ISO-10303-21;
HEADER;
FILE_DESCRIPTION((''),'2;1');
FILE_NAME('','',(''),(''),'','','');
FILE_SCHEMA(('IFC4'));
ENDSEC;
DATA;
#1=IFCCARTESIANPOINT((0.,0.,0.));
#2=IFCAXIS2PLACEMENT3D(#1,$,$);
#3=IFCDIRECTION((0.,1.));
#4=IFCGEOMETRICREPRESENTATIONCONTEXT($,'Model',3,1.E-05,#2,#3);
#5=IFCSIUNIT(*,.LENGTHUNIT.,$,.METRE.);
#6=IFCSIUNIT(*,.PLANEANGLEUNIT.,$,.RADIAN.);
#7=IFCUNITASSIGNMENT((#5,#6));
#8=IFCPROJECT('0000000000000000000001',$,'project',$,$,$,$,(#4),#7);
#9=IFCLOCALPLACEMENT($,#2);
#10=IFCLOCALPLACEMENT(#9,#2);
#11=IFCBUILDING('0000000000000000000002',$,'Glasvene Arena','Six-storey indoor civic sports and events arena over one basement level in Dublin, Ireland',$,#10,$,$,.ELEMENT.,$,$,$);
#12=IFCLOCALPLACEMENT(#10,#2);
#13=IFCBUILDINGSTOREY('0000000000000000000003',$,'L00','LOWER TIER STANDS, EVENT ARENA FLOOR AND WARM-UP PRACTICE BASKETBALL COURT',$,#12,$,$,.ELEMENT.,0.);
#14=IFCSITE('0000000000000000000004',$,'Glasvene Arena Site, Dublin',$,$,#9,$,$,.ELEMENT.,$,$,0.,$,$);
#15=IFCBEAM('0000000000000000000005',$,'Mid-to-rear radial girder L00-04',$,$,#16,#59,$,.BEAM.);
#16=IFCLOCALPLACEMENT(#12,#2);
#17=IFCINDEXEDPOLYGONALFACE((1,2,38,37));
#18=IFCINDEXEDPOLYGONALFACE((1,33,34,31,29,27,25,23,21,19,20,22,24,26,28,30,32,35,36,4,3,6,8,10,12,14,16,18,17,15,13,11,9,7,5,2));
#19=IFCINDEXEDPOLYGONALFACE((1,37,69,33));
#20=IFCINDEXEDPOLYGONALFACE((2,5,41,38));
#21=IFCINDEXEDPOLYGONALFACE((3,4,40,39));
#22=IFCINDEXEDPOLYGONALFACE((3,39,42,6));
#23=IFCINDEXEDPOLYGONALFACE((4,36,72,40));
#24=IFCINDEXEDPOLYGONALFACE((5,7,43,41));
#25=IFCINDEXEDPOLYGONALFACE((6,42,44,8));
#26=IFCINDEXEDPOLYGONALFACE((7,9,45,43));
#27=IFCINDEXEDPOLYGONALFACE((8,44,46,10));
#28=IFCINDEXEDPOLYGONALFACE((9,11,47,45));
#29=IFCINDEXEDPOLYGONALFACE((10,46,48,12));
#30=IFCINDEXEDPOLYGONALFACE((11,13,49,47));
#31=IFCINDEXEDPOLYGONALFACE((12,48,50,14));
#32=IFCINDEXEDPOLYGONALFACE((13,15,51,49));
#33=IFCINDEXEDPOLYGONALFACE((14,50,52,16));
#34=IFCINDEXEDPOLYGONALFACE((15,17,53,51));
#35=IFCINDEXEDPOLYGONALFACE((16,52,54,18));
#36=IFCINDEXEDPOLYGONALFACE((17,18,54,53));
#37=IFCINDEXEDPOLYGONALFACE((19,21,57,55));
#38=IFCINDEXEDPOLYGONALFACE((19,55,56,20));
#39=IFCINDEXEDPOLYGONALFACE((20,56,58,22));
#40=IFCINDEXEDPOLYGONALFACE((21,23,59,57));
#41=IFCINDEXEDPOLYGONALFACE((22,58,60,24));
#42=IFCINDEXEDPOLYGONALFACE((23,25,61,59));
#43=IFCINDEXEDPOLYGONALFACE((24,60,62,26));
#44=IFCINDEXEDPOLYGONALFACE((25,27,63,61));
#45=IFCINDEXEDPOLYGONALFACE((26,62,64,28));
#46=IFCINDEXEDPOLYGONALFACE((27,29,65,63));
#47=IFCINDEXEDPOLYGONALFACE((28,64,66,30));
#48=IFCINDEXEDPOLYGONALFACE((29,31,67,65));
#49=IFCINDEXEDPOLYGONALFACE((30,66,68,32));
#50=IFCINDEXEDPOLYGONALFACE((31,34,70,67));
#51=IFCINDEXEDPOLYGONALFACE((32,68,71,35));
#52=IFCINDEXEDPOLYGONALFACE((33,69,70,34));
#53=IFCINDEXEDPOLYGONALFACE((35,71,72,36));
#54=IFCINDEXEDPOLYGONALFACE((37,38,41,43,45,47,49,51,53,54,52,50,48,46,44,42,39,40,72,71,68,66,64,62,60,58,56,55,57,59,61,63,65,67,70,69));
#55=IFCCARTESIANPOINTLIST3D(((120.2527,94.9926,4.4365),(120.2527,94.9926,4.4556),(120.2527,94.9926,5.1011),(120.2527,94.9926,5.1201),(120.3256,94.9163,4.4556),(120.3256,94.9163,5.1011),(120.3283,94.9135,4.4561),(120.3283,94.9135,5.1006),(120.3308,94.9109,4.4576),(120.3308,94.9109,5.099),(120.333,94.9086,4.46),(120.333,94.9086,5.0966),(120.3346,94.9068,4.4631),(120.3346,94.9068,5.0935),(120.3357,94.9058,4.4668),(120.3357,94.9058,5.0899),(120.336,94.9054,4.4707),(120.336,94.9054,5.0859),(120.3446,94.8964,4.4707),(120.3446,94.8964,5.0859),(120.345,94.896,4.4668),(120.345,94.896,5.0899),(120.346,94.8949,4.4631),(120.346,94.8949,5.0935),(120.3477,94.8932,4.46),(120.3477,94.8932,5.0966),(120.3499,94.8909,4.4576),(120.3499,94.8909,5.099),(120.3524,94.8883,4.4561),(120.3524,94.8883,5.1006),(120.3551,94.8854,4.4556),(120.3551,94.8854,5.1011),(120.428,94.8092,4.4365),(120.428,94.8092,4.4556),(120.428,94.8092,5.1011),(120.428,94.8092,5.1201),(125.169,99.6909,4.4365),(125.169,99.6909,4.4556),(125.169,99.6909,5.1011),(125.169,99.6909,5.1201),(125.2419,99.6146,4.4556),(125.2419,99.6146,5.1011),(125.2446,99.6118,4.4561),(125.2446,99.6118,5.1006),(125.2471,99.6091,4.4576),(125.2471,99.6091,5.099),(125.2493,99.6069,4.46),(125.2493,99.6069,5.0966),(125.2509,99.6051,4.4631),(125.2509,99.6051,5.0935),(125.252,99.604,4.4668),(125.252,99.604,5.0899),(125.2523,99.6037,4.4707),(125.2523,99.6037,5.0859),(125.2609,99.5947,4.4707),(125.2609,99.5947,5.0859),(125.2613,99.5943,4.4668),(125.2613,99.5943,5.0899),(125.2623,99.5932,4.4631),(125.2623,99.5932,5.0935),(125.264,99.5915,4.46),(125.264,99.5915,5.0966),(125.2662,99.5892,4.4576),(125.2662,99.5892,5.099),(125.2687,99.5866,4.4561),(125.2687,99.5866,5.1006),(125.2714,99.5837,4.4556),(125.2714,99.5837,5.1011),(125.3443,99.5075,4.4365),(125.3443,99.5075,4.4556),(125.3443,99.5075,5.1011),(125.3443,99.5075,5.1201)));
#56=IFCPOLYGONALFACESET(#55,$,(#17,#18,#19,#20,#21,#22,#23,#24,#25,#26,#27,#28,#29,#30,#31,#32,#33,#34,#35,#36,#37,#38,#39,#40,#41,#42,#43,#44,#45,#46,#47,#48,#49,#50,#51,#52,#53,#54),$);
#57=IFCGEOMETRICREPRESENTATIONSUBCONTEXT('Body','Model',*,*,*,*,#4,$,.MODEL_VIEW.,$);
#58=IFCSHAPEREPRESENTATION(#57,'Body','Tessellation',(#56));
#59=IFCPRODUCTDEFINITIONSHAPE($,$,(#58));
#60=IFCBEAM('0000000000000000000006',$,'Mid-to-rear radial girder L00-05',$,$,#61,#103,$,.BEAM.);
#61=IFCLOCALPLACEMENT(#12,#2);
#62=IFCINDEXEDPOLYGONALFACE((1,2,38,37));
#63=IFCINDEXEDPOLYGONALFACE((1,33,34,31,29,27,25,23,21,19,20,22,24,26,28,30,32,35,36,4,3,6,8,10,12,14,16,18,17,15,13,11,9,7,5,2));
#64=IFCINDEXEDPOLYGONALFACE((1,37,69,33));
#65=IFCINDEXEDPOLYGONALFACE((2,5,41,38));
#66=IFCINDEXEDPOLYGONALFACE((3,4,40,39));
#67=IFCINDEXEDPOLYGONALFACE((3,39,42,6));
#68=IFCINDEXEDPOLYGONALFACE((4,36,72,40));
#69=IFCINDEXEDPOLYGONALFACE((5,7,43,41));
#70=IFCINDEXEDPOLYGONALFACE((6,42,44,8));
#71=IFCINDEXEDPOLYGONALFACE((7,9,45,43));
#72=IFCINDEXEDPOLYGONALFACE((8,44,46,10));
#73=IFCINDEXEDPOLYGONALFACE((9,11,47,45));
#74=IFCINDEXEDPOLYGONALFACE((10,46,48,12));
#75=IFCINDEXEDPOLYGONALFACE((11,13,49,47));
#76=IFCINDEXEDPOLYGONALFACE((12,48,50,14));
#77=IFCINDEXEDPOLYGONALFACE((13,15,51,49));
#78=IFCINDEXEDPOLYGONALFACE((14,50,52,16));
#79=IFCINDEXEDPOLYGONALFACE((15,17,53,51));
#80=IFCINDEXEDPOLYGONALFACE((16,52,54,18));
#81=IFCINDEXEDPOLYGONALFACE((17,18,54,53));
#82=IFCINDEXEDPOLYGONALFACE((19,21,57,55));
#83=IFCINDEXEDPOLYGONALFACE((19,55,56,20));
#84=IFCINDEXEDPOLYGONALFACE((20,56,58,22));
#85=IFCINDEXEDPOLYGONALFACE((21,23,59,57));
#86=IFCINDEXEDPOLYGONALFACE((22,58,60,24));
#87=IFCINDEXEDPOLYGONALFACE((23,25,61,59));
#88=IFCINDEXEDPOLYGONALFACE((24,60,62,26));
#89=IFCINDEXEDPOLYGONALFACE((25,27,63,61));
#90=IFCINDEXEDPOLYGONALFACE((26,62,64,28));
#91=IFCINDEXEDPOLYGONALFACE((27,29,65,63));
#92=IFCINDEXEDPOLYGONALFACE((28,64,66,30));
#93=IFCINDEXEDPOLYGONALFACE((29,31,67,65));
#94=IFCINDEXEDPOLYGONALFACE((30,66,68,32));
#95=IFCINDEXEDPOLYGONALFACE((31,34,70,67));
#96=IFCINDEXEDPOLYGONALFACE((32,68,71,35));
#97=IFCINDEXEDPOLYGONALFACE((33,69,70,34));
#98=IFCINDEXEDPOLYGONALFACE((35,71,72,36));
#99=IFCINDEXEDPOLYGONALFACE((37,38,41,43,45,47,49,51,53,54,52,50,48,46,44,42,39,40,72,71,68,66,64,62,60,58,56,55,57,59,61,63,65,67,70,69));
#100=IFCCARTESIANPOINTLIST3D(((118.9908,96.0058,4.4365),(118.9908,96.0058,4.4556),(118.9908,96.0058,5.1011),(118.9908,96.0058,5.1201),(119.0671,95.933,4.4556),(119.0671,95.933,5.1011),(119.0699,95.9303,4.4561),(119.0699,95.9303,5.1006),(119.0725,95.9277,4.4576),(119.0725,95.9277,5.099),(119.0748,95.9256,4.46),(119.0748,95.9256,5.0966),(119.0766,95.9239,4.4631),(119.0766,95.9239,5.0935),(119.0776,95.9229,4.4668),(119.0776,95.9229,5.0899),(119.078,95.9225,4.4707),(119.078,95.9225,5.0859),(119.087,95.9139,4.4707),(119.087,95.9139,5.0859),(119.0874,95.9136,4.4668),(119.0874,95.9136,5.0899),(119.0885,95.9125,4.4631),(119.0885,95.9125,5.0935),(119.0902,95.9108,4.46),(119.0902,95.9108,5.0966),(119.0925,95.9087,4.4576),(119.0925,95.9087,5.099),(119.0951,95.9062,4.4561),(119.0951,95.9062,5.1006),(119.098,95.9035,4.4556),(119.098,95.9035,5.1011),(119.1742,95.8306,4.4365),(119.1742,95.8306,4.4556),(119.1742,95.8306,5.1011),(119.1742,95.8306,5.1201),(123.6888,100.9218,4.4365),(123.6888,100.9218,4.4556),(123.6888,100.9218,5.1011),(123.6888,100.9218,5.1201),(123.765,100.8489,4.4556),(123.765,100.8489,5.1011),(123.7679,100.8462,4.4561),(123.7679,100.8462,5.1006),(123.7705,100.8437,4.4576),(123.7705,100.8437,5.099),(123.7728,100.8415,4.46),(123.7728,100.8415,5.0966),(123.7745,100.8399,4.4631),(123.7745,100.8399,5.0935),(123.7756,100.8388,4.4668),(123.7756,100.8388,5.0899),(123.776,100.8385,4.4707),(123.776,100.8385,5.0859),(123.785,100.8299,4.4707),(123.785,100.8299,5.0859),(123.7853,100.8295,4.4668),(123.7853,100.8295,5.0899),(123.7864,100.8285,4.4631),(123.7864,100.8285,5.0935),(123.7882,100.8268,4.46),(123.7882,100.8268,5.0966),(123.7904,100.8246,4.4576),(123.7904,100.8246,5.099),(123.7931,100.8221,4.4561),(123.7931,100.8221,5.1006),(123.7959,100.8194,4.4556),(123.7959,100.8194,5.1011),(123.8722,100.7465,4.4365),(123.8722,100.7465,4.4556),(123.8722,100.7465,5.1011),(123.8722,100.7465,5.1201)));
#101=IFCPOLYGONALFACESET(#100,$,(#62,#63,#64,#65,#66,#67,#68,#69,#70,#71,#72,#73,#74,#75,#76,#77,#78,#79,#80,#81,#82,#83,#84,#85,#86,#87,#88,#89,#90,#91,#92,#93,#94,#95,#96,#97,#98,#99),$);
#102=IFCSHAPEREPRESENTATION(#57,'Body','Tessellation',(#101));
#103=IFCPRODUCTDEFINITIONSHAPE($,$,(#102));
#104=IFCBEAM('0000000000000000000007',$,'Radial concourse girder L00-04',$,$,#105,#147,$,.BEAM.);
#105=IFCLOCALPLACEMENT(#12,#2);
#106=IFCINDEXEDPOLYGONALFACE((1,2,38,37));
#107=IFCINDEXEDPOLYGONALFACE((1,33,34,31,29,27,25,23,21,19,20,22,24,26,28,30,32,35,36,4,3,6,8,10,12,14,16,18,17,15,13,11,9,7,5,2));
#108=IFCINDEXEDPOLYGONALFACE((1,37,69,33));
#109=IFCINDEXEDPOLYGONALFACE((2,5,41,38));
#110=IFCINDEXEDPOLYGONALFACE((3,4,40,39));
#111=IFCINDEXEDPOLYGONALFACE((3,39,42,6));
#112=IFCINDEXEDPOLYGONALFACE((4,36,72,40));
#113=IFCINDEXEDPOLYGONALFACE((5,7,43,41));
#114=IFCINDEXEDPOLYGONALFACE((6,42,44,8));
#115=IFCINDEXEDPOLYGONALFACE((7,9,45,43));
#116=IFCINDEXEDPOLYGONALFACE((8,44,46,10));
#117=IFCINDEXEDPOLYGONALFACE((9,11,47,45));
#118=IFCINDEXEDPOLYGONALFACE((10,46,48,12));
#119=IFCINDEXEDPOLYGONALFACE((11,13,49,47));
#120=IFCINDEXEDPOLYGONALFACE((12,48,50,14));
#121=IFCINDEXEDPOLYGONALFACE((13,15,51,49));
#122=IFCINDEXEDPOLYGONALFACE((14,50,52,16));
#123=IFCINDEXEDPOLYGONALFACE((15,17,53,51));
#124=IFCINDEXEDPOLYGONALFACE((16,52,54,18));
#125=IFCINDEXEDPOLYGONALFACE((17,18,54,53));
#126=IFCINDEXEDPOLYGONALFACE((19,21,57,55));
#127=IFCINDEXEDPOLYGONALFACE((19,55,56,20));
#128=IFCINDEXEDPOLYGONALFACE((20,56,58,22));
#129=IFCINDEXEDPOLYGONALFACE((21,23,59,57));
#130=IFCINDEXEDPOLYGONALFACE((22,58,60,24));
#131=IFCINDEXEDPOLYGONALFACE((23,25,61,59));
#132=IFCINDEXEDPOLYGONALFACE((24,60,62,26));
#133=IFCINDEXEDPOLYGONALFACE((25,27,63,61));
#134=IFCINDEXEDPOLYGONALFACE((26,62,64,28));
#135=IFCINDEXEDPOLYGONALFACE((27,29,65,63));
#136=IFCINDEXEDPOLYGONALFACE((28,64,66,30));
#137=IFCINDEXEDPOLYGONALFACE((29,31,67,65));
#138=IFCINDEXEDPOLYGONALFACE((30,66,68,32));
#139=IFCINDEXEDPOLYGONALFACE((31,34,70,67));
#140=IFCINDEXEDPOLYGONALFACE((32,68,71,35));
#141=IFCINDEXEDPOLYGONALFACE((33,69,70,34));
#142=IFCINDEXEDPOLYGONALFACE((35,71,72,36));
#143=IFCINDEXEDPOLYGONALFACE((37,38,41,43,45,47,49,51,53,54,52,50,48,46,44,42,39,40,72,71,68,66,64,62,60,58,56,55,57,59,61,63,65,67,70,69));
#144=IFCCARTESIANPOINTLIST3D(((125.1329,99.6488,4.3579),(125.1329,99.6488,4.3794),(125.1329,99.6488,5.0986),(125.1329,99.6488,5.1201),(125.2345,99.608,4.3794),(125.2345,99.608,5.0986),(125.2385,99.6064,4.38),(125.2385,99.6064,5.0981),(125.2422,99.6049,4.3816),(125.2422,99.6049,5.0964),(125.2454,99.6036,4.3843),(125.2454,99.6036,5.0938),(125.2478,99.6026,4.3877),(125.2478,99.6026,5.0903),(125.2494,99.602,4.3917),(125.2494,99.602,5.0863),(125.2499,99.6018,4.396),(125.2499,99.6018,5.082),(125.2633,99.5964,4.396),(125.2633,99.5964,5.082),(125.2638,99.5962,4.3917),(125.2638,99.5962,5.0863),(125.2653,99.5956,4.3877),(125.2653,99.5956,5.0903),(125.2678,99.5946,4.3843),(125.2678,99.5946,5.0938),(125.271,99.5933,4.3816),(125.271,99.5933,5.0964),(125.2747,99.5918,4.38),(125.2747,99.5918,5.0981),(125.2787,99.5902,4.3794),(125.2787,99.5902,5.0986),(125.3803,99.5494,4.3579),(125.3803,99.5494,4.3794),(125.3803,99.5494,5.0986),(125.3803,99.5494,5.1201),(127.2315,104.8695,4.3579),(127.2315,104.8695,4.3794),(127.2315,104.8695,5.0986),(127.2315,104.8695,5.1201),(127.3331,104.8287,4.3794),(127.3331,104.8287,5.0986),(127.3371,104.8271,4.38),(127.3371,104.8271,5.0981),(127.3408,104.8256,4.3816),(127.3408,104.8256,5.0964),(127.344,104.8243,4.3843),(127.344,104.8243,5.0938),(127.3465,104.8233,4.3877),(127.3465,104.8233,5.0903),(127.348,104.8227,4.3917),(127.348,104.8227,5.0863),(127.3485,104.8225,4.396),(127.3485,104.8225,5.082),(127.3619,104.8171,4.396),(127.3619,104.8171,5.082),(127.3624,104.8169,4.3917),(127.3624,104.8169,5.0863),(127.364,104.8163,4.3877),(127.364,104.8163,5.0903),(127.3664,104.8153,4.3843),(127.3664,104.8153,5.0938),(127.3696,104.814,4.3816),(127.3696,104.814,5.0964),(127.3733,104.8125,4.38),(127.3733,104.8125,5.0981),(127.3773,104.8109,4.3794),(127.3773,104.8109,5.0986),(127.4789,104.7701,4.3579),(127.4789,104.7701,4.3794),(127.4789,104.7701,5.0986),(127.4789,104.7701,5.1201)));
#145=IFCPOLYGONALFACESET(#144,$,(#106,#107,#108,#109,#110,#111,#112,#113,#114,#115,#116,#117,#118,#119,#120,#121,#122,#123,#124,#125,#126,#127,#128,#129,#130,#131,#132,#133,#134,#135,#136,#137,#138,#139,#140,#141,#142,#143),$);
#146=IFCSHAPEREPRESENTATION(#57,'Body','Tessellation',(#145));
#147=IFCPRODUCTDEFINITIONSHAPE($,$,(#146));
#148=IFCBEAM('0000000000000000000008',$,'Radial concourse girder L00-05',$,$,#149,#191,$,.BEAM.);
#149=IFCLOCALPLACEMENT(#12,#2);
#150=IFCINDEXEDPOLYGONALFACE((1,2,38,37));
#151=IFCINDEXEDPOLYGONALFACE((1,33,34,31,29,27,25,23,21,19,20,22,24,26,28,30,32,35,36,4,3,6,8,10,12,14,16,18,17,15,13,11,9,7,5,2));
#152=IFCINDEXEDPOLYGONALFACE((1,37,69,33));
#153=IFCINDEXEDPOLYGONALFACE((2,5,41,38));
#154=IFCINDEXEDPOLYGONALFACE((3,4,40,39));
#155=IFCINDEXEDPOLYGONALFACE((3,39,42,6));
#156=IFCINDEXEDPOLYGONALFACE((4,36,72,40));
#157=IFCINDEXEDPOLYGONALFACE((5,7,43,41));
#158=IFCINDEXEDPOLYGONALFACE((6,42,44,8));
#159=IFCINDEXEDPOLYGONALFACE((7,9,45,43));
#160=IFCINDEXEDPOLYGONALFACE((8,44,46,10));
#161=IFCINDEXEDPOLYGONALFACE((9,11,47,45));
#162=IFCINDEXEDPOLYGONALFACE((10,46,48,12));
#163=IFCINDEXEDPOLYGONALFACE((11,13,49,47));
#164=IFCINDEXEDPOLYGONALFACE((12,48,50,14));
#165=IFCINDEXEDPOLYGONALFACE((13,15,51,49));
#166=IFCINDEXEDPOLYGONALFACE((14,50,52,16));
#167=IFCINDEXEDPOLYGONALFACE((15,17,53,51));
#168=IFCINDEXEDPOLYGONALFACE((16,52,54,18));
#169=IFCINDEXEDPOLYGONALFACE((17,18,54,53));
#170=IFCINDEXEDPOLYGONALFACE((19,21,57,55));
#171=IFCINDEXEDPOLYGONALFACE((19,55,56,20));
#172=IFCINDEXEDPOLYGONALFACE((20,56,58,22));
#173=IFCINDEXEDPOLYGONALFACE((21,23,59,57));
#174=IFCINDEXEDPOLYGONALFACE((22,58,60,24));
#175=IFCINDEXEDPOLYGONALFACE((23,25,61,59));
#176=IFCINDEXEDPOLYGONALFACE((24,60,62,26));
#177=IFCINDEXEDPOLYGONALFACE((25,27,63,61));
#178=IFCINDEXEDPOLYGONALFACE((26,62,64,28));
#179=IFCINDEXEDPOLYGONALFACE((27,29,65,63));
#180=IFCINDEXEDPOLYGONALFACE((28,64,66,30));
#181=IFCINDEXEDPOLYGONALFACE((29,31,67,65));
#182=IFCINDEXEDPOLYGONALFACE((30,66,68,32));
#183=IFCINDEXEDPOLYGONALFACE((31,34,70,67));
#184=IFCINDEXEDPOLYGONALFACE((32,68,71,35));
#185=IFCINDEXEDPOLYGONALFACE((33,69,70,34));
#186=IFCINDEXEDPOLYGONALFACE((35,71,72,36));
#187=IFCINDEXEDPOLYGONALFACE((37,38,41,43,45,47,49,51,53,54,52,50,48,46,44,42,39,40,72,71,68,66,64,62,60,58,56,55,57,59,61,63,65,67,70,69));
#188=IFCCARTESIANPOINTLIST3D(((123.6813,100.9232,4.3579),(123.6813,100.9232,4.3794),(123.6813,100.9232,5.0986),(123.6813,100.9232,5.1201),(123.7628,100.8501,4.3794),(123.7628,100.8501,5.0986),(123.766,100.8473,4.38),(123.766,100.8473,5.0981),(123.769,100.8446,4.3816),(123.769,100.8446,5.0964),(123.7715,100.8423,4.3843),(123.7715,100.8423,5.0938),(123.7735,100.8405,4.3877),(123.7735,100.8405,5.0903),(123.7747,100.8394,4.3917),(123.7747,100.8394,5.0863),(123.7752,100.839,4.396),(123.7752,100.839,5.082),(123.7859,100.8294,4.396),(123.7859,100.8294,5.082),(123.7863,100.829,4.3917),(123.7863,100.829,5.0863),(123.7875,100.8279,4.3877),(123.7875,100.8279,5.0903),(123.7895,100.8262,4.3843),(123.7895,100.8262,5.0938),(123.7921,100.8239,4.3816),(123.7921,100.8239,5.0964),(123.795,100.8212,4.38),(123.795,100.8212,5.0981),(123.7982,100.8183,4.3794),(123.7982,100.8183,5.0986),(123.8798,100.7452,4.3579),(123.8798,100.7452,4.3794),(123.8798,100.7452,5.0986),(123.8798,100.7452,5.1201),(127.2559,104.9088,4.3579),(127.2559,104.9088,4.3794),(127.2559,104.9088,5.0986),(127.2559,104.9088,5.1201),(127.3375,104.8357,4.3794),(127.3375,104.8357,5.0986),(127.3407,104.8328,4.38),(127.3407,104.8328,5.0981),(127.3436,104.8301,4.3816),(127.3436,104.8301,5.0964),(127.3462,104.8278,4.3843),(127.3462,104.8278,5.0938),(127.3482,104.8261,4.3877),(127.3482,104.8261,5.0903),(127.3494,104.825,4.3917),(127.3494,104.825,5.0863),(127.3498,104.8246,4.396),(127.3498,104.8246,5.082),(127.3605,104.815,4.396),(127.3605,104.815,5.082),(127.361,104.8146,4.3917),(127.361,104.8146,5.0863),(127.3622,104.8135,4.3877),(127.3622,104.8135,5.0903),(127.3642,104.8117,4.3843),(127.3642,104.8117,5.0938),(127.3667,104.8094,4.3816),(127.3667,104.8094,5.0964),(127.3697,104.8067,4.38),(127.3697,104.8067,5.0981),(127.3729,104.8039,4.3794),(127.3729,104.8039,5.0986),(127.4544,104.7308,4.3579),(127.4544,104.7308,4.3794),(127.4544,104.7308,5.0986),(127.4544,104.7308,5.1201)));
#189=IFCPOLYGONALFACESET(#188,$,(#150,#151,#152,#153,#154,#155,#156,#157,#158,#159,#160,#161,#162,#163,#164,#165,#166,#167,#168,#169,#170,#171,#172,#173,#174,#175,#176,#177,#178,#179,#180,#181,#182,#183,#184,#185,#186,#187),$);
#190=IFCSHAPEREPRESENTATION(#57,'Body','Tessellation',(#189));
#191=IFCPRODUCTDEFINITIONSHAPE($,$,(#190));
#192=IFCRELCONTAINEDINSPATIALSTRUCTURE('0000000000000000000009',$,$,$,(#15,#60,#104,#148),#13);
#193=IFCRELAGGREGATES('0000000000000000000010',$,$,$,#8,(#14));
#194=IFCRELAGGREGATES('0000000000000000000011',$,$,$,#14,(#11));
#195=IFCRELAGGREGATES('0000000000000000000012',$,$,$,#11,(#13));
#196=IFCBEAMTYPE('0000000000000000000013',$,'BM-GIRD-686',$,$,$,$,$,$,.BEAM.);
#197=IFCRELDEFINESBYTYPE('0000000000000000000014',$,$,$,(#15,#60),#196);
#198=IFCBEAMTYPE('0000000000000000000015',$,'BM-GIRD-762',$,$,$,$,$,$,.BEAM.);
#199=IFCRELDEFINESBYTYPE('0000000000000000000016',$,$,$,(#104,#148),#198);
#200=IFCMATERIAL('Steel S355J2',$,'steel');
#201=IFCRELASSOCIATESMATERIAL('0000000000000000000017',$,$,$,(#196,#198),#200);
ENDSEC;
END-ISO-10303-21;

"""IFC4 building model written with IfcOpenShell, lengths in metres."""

from ifc_helpers import new_model, si_unit, direction, frame, origin, origin_2d, place, context, subcontext, project, spatial, i_section, extrude, material, material_profile, profile_set, type_object, element, save


model = new_model("IFC4")

# Units and contexts
model_context = context("Model", 3, precision=1e-05, world=origin(), true_north=direction((0.0, 1.0)))
body_context = subcontext(model_context, "Body", "Model", "MODEL_VIEW")
ifc_project = project(units=[si_unit("LENGTHUNIT", "METRE"), si_unit("PLANEANGLEUNIT", "RADIAN")], contexts=[model_context])

# Site, building, storey
site_placement = place(None, origin())
site = spatial("IfcSite", under=ifc_project, at=site_placement, Name="Glasvene Arena Site, Dublin", CompositionType="ELEMENT", RefElevation=0.0)
building_placement = place(site_placement, origin())
building = spatial("IfcBuilding", under=site, at=building_placement, Name="Glasvene Arena", Description="Six-storey indoor civic sports and events arena over one basement level in Dublin, Ireland", CompositionType="ELEMENT")
storey_placement = place(building_placement, origin())
storey = spatial("IfcBuildingStorey", under=building, at=storey_placement, Name="L00", Description="LOWER TIER STANDS, EVENT ARENA FLOOR AND WARM-UP PRACTICE BASKETBALL COURT", CompositionType="ELEMENT", Elevation=0.0)

# Shared definitions
ifc_material_1 = material(Name="Steel S355J2", Category="steel")

# Beams
ifc_material_profile_1 = material_profile(ifc_material_1, i_section(OverallWidth=0.2537, OverallDepth=0.6836, WebThickness=0.0125, FlangeThickness=0.019, FilletRadius=0.0151, at=origin_2d()), Name="UKB 686x254x140")
ifc_profile_set_1 = profile_set([ifc_material_profile_1], Name="Steel S355J2")
beam_type_1 = type_object("IfcBeamType", Name="BM-GIRD-686", PredefinedType="BEAM", material=ifc_profile_set_1)
beam_1_placement = place(storey_placement, frame((120.3403, 94.9009, 4.7783), z_axis=(0.722955, 0.690895, 0.0), x_axis=(-0.690895, 0.722955, 0.0)))
element("IfcBeam", 1, at=beam_1_placement, inside=storey, type_object=beam_type_1, Name="Mid-to-rear radial girder L00-04", PredefinedType="BEAM", context=body_context, shape_type="SweptSolid", body=[
    extrude(i_section(OverallWidth=0.2537, OverallDepth=0.6836, WebThickness=0.0125, FlangeThickness=0.019, FilletRadius=0.0151, at=origin_2d()), origin(), (0.0, 0.0, 1.0), 6.8003),
])
beam_2_placement = place(storey_placement, frame((119.0825, 95.9182, 4.7783), z_axis=(0.690894, 0.722956, 0.0), x_axis=(-0.722956, 0.690894, 0.0)))
element("IfcBeam", 2, at=beam_2_placement, inside=storey, type_object=beam_type_1, Name="Mid-to-rear radial girder L00-05", PredefinedType="BEAM", context=body_context, shape_type="SweptSolid", body=[
    extrude(i_section(OverallWidth=0.2537, OverallDepth=0.6836, WebThickness=0.0125, FlangeThickness=0.019, FilletRadius=0.0151, at=origin_2d()), origin(), (0.0, 0.0, 1.0), 6.7998),
])
ifc_material_profile_2 = material_profile(ifc_material_1, i_section(OverallWidth=0.2666, OverallDepth=0.7622, WebThickness=0.0144, FlangeThickness=0.0215, FilletRadius=0.0166, at=origin_2d()), Name="UKB 762x267x173")
ifc_profile_set_2 = profile_set([ifc_material_profile_2], Name="Steel S355J2")
beam_type_2 = type_object("IfcBeamType", Name="BM-GIRD-762", PredefinedType="BEAM", material=ifc_profile_set_2)
beam_3_placement = place(storey_placement, frame((125.2566, 99.5991, 4.739), z_axis=(0.372976, 0.927841, 0.0), x_axis=(-0.927841, 0.372976, 0.0)))
element("IfcBeam", 3, at=beam_3_placement, inside=storey, type_object=beam_type_2, Name="Radial concourse girder L00-04", PredefinedType="BEAM", context=body_context, shape_type="SweptSolid", body=[
    extrude(i_section(OverallWidth=0.2666, OverallDepth=0.7622, WebThickness=0.0144, FlangeThickness=0.0215, FilletRadius=0.0166, at=origin_2d()), origin(), (0.0, 0.0, 1.0), 5.6267),
])
beam_4_placement = place(storey_placement, frame((123.7805, 100.8342, 4.739), z_axis=(0.667691, 0.744438, 0.0), x_axis=(-0.744438, 0.667691, 0.0)))
element("IfcBeam", 4, at=beam_4_placement, inside=storey, type_object=beam_type_2, Name="Radial concourse girder L00-05", PredefinedType="BEAM", context=body_context, shape_type="SweptSolid", body=[
    extrude(i_section(OverallWidth=0.2666, OverallDepth=0.7622, WebThickness=0.0144, FlangeThickness=0.0215, FilletRadius=0.0166, at=origin_2d()), origin(), (0.0, 0.0, 1.0), 5.3538),
])

save(model, "model.ifc")
